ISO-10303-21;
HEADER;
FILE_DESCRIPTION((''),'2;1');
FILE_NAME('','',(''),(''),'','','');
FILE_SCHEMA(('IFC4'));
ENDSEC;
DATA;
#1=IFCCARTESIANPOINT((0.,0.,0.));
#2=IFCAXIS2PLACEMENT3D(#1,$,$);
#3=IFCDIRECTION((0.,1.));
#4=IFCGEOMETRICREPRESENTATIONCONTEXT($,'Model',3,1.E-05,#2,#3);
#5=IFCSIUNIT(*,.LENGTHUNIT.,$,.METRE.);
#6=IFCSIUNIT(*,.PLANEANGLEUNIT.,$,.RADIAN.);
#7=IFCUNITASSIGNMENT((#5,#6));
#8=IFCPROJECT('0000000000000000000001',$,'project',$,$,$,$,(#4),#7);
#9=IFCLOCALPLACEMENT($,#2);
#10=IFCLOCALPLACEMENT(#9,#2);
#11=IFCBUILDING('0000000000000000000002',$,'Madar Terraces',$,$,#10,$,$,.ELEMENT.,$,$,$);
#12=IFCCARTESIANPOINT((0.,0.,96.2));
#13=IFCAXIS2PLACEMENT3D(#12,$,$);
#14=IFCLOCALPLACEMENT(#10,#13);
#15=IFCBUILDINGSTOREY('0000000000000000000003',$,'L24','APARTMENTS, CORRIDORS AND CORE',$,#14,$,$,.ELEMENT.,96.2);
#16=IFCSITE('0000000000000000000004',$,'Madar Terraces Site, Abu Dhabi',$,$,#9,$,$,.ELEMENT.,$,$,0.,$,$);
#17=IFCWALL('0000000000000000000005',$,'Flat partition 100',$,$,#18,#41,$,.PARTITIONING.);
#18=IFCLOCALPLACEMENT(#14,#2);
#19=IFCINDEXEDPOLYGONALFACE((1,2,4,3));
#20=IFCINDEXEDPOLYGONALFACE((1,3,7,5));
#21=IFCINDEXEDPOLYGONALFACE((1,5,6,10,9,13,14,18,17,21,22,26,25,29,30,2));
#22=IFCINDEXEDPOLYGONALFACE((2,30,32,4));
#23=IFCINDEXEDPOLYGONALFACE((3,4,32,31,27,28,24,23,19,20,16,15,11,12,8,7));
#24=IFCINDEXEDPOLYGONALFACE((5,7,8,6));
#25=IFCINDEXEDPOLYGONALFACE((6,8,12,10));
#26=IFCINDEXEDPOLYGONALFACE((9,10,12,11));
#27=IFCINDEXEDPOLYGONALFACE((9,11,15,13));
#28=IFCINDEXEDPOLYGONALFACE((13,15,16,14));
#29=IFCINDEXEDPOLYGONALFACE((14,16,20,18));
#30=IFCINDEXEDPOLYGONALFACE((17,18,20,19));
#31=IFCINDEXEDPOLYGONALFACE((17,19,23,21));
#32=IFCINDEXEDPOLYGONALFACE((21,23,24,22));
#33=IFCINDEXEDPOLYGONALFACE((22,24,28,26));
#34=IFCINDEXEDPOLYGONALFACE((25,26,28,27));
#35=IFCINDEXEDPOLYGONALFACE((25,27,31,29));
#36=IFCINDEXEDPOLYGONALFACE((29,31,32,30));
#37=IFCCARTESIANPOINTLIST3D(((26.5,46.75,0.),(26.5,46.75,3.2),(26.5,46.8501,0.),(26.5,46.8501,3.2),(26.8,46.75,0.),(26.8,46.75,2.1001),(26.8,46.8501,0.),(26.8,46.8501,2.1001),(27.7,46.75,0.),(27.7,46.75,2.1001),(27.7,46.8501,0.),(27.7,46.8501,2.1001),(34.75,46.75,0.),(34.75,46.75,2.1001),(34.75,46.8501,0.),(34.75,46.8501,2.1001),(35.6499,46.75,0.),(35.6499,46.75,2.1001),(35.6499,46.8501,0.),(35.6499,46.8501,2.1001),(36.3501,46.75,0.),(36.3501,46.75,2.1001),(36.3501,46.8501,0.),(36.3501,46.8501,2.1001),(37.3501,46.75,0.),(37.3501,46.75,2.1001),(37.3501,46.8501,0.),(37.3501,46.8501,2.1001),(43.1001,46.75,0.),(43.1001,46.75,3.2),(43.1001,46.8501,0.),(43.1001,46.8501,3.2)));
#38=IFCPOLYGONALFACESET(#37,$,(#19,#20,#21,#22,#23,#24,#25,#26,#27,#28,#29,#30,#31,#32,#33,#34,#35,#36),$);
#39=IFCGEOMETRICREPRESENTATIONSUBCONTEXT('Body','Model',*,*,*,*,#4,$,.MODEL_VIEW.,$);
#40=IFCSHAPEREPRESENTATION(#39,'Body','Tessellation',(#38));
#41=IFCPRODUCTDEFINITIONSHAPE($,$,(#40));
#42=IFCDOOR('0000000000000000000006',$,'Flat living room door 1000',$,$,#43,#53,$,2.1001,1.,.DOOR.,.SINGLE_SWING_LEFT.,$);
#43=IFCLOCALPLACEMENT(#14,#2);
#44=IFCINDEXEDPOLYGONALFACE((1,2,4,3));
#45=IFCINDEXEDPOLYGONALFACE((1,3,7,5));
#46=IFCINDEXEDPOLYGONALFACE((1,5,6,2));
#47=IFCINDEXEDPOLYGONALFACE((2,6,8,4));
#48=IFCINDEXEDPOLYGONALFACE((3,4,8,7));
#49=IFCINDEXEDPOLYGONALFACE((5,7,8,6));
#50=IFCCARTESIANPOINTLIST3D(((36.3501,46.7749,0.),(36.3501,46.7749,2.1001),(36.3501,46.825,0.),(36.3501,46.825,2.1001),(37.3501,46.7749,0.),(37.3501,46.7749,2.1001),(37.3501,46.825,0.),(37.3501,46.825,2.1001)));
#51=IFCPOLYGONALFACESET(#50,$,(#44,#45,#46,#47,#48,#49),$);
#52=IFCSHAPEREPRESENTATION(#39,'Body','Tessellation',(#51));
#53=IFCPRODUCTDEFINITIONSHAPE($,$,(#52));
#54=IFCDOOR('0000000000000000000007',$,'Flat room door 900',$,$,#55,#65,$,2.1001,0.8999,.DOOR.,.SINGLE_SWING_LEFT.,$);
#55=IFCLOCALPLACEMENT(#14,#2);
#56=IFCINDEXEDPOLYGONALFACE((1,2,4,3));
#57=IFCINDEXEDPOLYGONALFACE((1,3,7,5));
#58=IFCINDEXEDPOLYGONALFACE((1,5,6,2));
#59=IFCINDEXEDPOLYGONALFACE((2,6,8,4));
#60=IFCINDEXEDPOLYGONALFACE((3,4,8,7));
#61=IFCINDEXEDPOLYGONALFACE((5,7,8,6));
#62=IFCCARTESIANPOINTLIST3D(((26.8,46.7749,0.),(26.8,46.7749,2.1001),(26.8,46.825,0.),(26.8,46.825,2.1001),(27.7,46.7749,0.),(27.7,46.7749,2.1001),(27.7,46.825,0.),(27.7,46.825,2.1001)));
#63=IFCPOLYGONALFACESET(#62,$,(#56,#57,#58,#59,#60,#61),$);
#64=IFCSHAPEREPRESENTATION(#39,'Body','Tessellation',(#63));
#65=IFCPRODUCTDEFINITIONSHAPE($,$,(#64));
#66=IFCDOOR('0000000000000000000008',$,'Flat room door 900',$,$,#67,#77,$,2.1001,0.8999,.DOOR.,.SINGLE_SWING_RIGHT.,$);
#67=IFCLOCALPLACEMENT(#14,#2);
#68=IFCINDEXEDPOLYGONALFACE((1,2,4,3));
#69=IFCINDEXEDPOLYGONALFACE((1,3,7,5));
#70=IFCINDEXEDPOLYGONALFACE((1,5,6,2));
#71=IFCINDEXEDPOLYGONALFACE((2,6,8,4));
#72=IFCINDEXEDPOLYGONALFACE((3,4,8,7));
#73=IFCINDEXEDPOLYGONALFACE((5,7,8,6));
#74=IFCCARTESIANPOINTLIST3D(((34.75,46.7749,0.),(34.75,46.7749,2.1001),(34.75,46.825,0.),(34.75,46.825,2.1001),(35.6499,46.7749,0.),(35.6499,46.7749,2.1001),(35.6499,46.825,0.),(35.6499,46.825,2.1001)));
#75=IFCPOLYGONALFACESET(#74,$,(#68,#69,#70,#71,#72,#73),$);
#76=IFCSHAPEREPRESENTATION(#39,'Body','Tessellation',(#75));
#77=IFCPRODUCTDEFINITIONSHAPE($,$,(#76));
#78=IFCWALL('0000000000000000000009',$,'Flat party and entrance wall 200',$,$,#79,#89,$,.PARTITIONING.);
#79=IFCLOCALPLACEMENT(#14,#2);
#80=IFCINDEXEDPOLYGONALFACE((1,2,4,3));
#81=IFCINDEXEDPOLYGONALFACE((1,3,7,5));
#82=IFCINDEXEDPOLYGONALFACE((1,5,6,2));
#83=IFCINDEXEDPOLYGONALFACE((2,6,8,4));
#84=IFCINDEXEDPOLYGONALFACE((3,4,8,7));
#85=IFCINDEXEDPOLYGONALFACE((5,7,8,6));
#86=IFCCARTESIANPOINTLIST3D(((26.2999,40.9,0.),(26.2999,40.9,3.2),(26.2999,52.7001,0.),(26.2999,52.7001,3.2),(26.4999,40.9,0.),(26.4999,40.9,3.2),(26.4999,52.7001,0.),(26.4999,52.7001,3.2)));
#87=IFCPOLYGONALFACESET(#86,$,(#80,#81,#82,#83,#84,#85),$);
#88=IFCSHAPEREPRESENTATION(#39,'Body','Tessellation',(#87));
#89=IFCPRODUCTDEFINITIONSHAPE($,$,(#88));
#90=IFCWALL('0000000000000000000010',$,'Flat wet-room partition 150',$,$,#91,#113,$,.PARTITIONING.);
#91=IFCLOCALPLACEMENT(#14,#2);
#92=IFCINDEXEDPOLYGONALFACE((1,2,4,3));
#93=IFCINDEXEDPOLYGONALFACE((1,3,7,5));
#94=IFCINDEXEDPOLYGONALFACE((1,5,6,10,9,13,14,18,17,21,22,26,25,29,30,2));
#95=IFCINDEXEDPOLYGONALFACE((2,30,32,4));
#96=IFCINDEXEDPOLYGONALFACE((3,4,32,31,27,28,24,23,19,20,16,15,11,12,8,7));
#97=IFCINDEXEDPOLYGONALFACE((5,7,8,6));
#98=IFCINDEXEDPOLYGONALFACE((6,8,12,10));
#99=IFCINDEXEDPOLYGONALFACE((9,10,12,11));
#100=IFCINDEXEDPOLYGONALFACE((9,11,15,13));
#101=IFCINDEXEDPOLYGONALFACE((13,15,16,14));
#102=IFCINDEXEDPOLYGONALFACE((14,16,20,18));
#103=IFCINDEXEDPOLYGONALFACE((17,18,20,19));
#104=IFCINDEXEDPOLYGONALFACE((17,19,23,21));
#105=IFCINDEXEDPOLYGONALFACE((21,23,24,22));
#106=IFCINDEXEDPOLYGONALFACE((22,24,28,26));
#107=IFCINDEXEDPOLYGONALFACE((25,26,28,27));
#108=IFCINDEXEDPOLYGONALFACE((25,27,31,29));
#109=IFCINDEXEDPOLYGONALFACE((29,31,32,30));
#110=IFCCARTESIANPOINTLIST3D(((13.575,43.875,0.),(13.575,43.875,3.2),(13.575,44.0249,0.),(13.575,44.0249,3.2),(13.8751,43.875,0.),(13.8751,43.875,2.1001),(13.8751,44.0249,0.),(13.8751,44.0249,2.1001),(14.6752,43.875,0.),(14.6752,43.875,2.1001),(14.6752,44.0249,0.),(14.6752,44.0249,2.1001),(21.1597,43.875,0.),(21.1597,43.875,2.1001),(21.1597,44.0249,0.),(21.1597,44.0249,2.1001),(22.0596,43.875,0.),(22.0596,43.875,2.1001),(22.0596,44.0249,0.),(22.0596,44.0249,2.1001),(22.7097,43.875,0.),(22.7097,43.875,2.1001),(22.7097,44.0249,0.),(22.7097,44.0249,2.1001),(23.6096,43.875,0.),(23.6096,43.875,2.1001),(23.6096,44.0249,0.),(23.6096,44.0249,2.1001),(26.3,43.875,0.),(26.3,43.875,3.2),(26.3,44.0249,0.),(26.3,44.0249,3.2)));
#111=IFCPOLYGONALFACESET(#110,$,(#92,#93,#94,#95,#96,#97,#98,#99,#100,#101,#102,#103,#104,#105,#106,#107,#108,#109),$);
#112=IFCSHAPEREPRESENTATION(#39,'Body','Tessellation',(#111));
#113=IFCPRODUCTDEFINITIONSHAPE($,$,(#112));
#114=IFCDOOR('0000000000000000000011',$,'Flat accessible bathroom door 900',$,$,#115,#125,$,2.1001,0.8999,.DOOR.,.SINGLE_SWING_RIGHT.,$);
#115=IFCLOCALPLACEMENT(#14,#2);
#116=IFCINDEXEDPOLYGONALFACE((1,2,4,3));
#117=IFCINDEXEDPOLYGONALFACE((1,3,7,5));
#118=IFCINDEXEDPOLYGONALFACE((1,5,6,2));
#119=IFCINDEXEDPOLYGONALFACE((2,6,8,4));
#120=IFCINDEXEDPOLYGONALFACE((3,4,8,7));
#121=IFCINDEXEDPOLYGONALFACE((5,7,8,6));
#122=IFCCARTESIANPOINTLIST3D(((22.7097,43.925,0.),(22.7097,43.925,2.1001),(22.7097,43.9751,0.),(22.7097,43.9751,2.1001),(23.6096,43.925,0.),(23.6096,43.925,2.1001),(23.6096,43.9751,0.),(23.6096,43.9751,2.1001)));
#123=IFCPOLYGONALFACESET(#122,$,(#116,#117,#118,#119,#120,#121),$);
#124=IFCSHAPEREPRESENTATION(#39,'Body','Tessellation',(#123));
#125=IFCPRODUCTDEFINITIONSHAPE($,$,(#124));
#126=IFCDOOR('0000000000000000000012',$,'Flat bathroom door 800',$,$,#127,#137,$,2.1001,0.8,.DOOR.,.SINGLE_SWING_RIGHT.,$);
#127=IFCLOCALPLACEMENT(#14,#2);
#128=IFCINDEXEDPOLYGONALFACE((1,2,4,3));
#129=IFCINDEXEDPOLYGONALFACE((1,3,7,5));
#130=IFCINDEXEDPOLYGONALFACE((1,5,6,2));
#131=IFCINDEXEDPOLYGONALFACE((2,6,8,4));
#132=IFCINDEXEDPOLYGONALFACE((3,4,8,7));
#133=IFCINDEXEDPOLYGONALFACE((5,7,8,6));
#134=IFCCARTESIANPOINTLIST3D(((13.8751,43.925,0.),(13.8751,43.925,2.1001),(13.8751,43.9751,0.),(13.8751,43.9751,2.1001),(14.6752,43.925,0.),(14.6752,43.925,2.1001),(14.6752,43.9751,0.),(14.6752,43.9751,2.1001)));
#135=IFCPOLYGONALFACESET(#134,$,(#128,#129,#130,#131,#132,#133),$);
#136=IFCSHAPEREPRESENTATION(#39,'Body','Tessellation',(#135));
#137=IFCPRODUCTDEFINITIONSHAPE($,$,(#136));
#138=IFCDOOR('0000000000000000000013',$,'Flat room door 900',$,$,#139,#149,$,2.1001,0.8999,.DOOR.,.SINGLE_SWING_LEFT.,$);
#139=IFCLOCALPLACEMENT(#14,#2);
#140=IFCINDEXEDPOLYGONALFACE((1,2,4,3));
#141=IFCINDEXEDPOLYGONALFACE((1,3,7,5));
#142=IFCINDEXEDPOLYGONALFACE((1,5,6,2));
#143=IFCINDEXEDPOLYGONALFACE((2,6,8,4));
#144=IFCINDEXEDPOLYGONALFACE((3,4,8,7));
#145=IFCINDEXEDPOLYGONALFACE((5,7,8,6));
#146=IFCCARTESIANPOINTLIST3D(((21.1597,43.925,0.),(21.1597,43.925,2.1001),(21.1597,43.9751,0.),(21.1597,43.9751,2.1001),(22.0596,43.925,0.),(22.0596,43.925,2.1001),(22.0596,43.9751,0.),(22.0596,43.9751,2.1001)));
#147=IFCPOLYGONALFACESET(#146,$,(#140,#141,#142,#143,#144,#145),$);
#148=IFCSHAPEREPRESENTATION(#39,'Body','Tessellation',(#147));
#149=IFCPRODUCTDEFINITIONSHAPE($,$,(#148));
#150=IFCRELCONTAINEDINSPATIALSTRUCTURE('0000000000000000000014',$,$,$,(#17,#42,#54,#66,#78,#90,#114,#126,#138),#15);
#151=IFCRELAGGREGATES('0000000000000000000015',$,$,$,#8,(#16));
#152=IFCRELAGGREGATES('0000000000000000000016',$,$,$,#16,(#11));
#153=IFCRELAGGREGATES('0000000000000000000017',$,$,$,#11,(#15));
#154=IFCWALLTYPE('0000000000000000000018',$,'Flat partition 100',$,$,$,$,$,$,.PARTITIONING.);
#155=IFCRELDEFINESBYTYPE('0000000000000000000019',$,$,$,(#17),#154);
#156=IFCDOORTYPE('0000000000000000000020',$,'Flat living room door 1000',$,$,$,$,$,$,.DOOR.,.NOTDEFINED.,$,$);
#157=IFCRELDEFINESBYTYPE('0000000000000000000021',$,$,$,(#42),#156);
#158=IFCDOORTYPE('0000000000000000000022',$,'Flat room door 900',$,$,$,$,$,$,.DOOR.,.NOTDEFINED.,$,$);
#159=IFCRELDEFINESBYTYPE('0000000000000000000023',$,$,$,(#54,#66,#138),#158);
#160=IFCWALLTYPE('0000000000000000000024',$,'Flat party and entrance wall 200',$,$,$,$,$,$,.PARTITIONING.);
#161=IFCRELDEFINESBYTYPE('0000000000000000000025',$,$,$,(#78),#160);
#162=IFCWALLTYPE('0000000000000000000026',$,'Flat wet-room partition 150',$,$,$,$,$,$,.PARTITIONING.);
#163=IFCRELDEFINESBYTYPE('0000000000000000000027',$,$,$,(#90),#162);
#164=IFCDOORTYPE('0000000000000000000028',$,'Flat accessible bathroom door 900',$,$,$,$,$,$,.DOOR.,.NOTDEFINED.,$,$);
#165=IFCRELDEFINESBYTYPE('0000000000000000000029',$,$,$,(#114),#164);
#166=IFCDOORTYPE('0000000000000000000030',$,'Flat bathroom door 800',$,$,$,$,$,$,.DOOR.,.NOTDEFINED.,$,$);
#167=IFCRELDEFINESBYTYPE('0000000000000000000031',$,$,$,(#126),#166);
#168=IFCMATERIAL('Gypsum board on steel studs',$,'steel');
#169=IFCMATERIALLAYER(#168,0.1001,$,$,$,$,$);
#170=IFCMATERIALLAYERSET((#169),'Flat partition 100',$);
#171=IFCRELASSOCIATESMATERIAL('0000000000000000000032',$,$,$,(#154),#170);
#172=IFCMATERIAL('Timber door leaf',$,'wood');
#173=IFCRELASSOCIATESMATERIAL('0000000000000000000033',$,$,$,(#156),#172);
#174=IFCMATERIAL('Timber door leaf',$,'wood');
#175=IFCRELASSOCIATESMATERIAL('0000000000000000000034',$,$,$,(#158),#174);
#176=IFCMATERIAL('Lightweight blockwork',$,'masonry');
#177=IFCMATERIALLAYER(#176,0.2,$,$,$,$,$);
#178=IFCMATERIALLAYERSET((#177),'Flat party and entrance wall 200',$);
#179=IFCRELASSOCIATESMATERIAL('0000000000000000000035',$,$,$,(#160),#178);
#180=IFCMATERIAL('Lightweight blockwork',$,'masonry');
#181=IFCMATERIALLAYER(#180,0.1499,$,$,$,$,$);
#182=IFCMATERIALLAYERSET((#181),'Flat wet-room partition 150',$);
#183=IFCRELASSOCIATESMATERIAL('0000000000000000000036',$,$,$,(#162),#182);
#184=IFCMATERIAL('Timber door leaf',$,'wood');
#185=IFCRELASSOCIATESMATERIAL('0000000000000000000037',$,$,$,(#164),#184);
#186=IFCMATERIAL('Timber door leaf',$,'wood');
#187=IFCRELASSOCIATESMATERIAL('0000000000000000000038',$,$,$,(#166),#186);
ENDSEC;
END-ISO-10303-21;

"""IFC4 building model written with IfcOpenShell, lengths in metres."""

from ifc_helpers import new_model, si_unit, direction, frame, frame_2d, origin, place, context, subcontext, project, spatial, rectangle, extrude, material, layer, layer_set, type_object, element, fill, save


model = new_model("IFC4")

# Units and contexts
model_context = context("Model", 3, precision=1e-05, world=origin(), true_north=direction((0.0, 1.0)))
body_context = subcontext(model_context, "Body", "Model", "MODEL_VIEW")
ifc_project = project(units=[si_unit("LENGTHUNIT", "METRE"), si_unit("PLANEANGLEUNIT", "RADIAN")], contexts=[model_context])

# Site, building, storey
site_placement = place(None, origin())
site = spatial("IfcSite", under=ifc_project, at=site_placement, Name="Madar Terraces Site, Abu Dhabi", CompositionType="ELEMENT", RefElevation=0.0)
building_placement = place(site_placement, origin())
building = spatial("IfcBuilding", under=site, at=building_placement, Name="Madar Terraces", CompositionType="ELEMENT")
storey_placement = place(building_placement, frame((0.0, 0.0, 96.2)))
storey = spatial("IfcBuildingStorey", under=building, at=storey_placement, Name="L24", Description="APARTMENTS, CORRIDORS AND CORE", CompositionType="ELEMENT", Elevation=96.2)

# Shared definitions
ifc_material_1 = material(Name="Gypsum board on steel studs", Category="steel")
ifc_layer_1 = layer(ifc_material_1, 0.1001)
ifc_layer_set_1 = layer_set([ifc_layer_1], Name="Flat partition 100")
wall_type_1 = type_object("IfcWallType", Name="Flat partition 100", PredefinedType="PARTITIONING", material=ifc_layer_set_1)

# Wall, openings, doors
wall_1_placement = place(storey_placement, frame((26.5, 46.8, 0.0), z_axis=(0.0, 0.0, 1.0), x_axis=(1.0, 0.0, 0.0)))
wall_1 = element("IfcWall", 1, at=wall_1_placement, inside=storey, type_object=wall_type_1, Name="Flat partition 100", PredefinedType="PARTITIONING", context=body_context, shape_type="SweptSolid", body=[
    extrude(rectangle(XDim=16.6001, YDim=0.1001, at=frame_2d((8.3, 0.0))), origin(), (0.0, 0.0, 1.0), 3.2),
])
opening_1_placement = place(wall_1_placement, frame((0.3, 0.0, 0.0)))
opening_1 = element("IfcOpeningElement", 2, at=opening_1_placement, cuts=wall_1, PredefinedType="OPENING", context=body_context, shape_type="SweptSolid", body=[
    extrude(rectangle(XDim=0.8999, YDim=2.1001, at=frame_2d((0.45, 1.05))), frame((0.0, 0.0601, 0.0), z_axis=(0.0, -1.0, 0.0), x_axis=(1.0, 0.0, 0.0)), (0.0, 0.0, 1.0), 0.1201),
])
opening_2_placement = place(wall_1_placement, frame((8.25, 0.0, 0.0)))
opening_2 = element("IfcOpeningElement", 3, at=opening_2_placement, cuts=wall_1, PredefinedType="OPENING", context=body_context, shape_type="SweptSolid", body=[
    extrude(rectangle(XDim=0.8999, YDim=2.1001, at=frame_2d((0.45, 1.05))), frame((0.0, 0.0601, 0.0), z_axis=(0.0, -1.0, 0.0), x_axis=(1.0, 0.0, 0.0)), (0.0, 0.0, 1.0), 0.1201),
])
opening_3_placement = place(wall_1_placement, frame((9.8501, 0.0, 0.0)))
opening_3 = element("IfcOpeningElement", 4, at=opening_3_placement, cuts=wall_1, PredefinedType="OPENING", context=body_context, shape_type="SweptSolid", body=[
    extrude(rectangle(XDim=1.0, YDim=2.1001, at=frame_2d((0.5, 1.05))), frame((0.0, 0.0601, 0.0), z_axis=(0.0, -1.0, 0.0), x_axis=(1.0, 0.0, 0.0)), (0.0, 0.0, 1.0), 0.1201),
])
ifc_material_2 = material(Name="Timber door leaf", Category="wood")
door_type_1 = type_object("IfcDoorType", Name="Flat living room door 1000", OperationType="NOTDEFINED", PredefinedType="DOOR", material=ifc_material_2)
door_1_placement = place(opening_3_placement, origin())
door_1 = element("IfcDoor", 5, at=door_1_placement, inside=storey, type_object=door_type_1, Name="Flat living room door 1000", OperationType="SINGLE_SWING_LEFT", OverallHeight=2.1001, OverallWidth=1.0, PredefinedType="DOOR", context=body_context, shape_type="SweptSolid", body=[
    extrude(rectangle(XDim=1.0, YDim=2.1001, at=frame_2d((0.5, 1.05))), frame((0.0, 0.0249, 0.0), z_axis=(0.0, -1.0, 0.0), x_axis=(1.0, 0.0, 0.0)), (0.0, 0.0, 1.0), 0.05),
])
fill(opening_3, door_1)
ifc_material_3 = material(Name="Timber door leaf", Category="wood")
door_type_2 = type_object("IfcDoorType", Name="Flat room door 900", OperationType="NOTDEFINED", PredefinedType="DOOR", material=ifc_material_3)
door_2_placement = place(opening_1_placement, origin())
door_2 = element("IfcDoor", 6, at=door_2_placement, inside=storey, type_object=door_type_2, Name="Flat room door 900", OperationType="SINGLE_SWING_LEFT", OverallHeight=2.1001, OverallWidth=0.8999, PredefinedType="DOOR", context=body_context, shape_type="SweptSolid", body=[
    extrude(rectangle(XDim=0.8999, YDim=2.1001, at=frame_2d((0.45, 1.05))), frame((0.0, 0.0249, 0.0), z_axis=(0.0, -1.0, 0.0), x_axis=(1.0, 0.0, 0.0)), (0.0, 0.0, 1.0), 0.05),
])
fill(opening_1, door_2)
door_3_placement = place(opening_2_placement, origin())
door_3 = element("IfcDoor", 7, at=door_3_placement, inside=storey, type_object=door_type_2, Name="Flat room door 900", OperationType="SINGLE_SWING_RIGHT", OverallHeight=2.1001, OverallWidth=0.8999, PredefinedType="DOOR", context=body_context, shape_type="SweptSolid", body=[
    extrude(rectangle(XDim=0.8999, YDim=2.1001, at=frame_2d((0.45, 1.05))), frame((0.0, 0.0249, 0.0), z_axis=(0.0, -1.0, 0.0), x_axis=(1.0, 0.0, 0.0)), (0.0, 0.0, 1.0), 0.05),
])
fill(opening_2, door_3)

# Wall
ifc_material_4 = material(Name="Lightweight blockwork", Category="masonry")
ifc_layer_2 = layer(ifc_material_4, 0.2)
ifc_layer_set_2 = layer_set([ifc_layer_2], Name="Flat party and entrance wall 200")
wall_type_2 = type_object("IfcWallType", Name="Flat party and entrance wall 200", PredefinedType="PARTITIONING", material=ifc_layer_set_2)
wall_2_placement = place(storey_placement, frame((26.3999, 52.7, 0.0), z_axis=(0.0, 0.0, 1.0), x_axis=(0.0, -1.0, 0.0)))
element("IfcWall", 8, at=wall_2_placement, inside=storey, type_object=wall_type_2, Name="Flat party and entrance wall 200", PredefinedType="PARTITIONING", context=body_context, shape_type="SweptSolid", body=[
    extrude(rectangle(XDim=11.8, YDim=0.2, at=frame_2d((5.8999, 0.0))), origin(), (0.0, 0.0, 1.0), 3.2),
])

# Wall, openings, doors
ifc_material_5 = material(Name="Lightweight blockwork", Category="masonry")
ifc_layer_3 = layer(ifc_material_5, 0.1499)
ifc_layer_set_3 = layer_set([ifc_layer_3], Name="Flat wet-room partition 150")
wall_type_3 = type_object("IfcWallType", Name="Flat wet-room partition 150", PredefinedType="PARTITIONING", material=ifc_layer_set_3)
wall_3_placement = place(storey_placement, frame((26.3, 43.95, 0.0), z_axis=(0.0, 0.0, 1.0), x_axis=(-1.0, 0.0, 0.0)))
wall_3 = element("IfcWall", 9, at=wall_3_placement, inside=storey, type_object=wall_type_3, Name="Flat wet-room partition 150", PredefinedType="PARTITIONING", context=body_context, shape_type="SweptSolid", body=[
    extrude(rectangle(XDim=12.7251, YDim=0.1499, at=frame_2d((6.3625, 0.0))), origin(), (0.0, 0.0, 1.0), 3.2),
])
opening_4_placement = place(wall_3_placement, frame((11.625, 0.0, 0.0)))
opening_4 = element("IfcOpeningElement", 10, at=opening_4_placement, cuts=wall_3, PredefinedType="OPENING", context=body_context, shape_type="SweptSolid", body=[
    extrude(rectangle(XDim=0.8, YDim=2.1001, at=frame_2d((0.3999, 1.05))), frame((0.0, 0.085, 0.0), z_axis=(0.0, -1.0, 0.0), x_axis=(1.0, 0.0, 0.0)), (0.0, 0.0, 1.0), 0.1699),
])
opening_5_placement = place(wall_3_placement, frame((4.2405, 0.0, 0.0)))
opening_5 = element("IfcOpeningElement", 11, at=opening_5_placement, cuts=wall_3, PredefinedType="OPENING", context=body_context, shape_type="SweptSolid", body=[
    extrude(rectangle(XDim=0.8999, YDim=2.1001, at=frame_2d((0.45, 1.05))), frame((0.0, 0.085, 0.0), z_axis=(0.0, -1.0, 0.0), x_axis=(1.0, 0.0, 0.0)), (0.0, 0.0, 1.0), 0.1699),
])
opening_6_placement = place(wall_3_placement, frame((2.6904, 0.0, 0.0)))
opening_6 = element("IfcOpeningElement", 12, at=opening_6_placement, cuts=wall_3, PredefinedType="OPENING", context=body_context, shape_type="SweptSolid", body=[
    extrude(rectangle(XDim=0.8999, YDim=2.1001, at=frame_2d((0.45, 1.05))), frame((0.0, 0.085, 0.0), z_axis=(0.0, -1.0, 0.0), x_axis=(1.0, 0.0, 0.0)), (0.0, 0.0, 1.0), 0.1699),
])
ifc_material_6 = material(Name="Timber door leaf", Category="wood")
door_type_3 = type_object("IfcDoorType", Name="Flat accessible bathroom door 900", OperationType="NOTDEFINED", PredefinedType="DOOR", material=ifc_material_6)
door_4_placement = place(opening_6_placement, origin())
door_4 = element("IfcDoor", 13, at=door_4_placement, inside=storey, type_object=door_type_3, Name="Flat accessible bathroom door 900", OperationType="SINGLE_SWING_RIGHT", OverallHeight=2.1001, OverallWidth=0.8999, PredefinedType="DOOR", context=body_context, shape_type="SweptSolid", body=[
    extrude(rectangle(XDim=0.8999, YDim=2.1001, at=frame_2d((0.45, 1.05))), frame((0.0, 0.0249, 0.0), z_axis=(0.0, -1.0, 0.0), x_axis=(1.0, 0.0, 0.0)), (0.0, 0.0, 1.0), 0.05),
])
fill(opening_6, door_4)
ifc_material_7 = material(Name="Timber door leaf", Category="wood")
door_type_4 = type_object("IfcDoorType", Name="Flat bathroom door 800", OperationType="NOTDEFINED", PredefinedType="DOOR", material=ifc_material_7)
door_5_placement = place(opening_4_placement, origin())
door_5 = element("IfcDoor", 14, at=door_5_placement, inside=storey, type_object=door_type_4, Name="Flat bathroom door 800", OperationType="SINGLE_SWING_RIGHT", OverallHeight=2.1001, OverallWidth=0.8, PredefinedType="DOOR", context=body_context, shape_type="SweptSolid", body=[
    extrude(rectangle(XDim=0.8, YDim=2.1001, at=frame_2d((0.3999, 1.05))), frame((0.0, 0.0249, 0.0), z_axis=(0.0, -1.0, 0.0), x_axis=(1.0, 0.0, 0.0)), (0.0, 0.0, 1.0), 0.05),
])
fill(opening_4, door_5)
door_6_placement = place(opening_5_placement, origin())
door_6 = element("IfcDoor", 15, at=door_6_placement, inside=storey, type_object=door_type_2, Name="Flat room door 900", OperationType="SINGLE_SWING_LEFT", OverallHeight=2.1001, OverallWidth=0.8999, PredefinedType="DOOR", context=body_context, shape_type="SweptSolid", body=[
    extrude(rectangle(XDim=0.8999, YDim=2.1001, at=frame_2d((0.45, 1.05))), frame((0.0, 0.0249, 0.0), z_axis=(0.0, -1.0, 0.0), x_axis=(1.0, 0.0, 0.0)), (0.0, 0.0, 1.0), 0.05),
])
fill(opening_5, door_6)

save(model, "model.ifc")
